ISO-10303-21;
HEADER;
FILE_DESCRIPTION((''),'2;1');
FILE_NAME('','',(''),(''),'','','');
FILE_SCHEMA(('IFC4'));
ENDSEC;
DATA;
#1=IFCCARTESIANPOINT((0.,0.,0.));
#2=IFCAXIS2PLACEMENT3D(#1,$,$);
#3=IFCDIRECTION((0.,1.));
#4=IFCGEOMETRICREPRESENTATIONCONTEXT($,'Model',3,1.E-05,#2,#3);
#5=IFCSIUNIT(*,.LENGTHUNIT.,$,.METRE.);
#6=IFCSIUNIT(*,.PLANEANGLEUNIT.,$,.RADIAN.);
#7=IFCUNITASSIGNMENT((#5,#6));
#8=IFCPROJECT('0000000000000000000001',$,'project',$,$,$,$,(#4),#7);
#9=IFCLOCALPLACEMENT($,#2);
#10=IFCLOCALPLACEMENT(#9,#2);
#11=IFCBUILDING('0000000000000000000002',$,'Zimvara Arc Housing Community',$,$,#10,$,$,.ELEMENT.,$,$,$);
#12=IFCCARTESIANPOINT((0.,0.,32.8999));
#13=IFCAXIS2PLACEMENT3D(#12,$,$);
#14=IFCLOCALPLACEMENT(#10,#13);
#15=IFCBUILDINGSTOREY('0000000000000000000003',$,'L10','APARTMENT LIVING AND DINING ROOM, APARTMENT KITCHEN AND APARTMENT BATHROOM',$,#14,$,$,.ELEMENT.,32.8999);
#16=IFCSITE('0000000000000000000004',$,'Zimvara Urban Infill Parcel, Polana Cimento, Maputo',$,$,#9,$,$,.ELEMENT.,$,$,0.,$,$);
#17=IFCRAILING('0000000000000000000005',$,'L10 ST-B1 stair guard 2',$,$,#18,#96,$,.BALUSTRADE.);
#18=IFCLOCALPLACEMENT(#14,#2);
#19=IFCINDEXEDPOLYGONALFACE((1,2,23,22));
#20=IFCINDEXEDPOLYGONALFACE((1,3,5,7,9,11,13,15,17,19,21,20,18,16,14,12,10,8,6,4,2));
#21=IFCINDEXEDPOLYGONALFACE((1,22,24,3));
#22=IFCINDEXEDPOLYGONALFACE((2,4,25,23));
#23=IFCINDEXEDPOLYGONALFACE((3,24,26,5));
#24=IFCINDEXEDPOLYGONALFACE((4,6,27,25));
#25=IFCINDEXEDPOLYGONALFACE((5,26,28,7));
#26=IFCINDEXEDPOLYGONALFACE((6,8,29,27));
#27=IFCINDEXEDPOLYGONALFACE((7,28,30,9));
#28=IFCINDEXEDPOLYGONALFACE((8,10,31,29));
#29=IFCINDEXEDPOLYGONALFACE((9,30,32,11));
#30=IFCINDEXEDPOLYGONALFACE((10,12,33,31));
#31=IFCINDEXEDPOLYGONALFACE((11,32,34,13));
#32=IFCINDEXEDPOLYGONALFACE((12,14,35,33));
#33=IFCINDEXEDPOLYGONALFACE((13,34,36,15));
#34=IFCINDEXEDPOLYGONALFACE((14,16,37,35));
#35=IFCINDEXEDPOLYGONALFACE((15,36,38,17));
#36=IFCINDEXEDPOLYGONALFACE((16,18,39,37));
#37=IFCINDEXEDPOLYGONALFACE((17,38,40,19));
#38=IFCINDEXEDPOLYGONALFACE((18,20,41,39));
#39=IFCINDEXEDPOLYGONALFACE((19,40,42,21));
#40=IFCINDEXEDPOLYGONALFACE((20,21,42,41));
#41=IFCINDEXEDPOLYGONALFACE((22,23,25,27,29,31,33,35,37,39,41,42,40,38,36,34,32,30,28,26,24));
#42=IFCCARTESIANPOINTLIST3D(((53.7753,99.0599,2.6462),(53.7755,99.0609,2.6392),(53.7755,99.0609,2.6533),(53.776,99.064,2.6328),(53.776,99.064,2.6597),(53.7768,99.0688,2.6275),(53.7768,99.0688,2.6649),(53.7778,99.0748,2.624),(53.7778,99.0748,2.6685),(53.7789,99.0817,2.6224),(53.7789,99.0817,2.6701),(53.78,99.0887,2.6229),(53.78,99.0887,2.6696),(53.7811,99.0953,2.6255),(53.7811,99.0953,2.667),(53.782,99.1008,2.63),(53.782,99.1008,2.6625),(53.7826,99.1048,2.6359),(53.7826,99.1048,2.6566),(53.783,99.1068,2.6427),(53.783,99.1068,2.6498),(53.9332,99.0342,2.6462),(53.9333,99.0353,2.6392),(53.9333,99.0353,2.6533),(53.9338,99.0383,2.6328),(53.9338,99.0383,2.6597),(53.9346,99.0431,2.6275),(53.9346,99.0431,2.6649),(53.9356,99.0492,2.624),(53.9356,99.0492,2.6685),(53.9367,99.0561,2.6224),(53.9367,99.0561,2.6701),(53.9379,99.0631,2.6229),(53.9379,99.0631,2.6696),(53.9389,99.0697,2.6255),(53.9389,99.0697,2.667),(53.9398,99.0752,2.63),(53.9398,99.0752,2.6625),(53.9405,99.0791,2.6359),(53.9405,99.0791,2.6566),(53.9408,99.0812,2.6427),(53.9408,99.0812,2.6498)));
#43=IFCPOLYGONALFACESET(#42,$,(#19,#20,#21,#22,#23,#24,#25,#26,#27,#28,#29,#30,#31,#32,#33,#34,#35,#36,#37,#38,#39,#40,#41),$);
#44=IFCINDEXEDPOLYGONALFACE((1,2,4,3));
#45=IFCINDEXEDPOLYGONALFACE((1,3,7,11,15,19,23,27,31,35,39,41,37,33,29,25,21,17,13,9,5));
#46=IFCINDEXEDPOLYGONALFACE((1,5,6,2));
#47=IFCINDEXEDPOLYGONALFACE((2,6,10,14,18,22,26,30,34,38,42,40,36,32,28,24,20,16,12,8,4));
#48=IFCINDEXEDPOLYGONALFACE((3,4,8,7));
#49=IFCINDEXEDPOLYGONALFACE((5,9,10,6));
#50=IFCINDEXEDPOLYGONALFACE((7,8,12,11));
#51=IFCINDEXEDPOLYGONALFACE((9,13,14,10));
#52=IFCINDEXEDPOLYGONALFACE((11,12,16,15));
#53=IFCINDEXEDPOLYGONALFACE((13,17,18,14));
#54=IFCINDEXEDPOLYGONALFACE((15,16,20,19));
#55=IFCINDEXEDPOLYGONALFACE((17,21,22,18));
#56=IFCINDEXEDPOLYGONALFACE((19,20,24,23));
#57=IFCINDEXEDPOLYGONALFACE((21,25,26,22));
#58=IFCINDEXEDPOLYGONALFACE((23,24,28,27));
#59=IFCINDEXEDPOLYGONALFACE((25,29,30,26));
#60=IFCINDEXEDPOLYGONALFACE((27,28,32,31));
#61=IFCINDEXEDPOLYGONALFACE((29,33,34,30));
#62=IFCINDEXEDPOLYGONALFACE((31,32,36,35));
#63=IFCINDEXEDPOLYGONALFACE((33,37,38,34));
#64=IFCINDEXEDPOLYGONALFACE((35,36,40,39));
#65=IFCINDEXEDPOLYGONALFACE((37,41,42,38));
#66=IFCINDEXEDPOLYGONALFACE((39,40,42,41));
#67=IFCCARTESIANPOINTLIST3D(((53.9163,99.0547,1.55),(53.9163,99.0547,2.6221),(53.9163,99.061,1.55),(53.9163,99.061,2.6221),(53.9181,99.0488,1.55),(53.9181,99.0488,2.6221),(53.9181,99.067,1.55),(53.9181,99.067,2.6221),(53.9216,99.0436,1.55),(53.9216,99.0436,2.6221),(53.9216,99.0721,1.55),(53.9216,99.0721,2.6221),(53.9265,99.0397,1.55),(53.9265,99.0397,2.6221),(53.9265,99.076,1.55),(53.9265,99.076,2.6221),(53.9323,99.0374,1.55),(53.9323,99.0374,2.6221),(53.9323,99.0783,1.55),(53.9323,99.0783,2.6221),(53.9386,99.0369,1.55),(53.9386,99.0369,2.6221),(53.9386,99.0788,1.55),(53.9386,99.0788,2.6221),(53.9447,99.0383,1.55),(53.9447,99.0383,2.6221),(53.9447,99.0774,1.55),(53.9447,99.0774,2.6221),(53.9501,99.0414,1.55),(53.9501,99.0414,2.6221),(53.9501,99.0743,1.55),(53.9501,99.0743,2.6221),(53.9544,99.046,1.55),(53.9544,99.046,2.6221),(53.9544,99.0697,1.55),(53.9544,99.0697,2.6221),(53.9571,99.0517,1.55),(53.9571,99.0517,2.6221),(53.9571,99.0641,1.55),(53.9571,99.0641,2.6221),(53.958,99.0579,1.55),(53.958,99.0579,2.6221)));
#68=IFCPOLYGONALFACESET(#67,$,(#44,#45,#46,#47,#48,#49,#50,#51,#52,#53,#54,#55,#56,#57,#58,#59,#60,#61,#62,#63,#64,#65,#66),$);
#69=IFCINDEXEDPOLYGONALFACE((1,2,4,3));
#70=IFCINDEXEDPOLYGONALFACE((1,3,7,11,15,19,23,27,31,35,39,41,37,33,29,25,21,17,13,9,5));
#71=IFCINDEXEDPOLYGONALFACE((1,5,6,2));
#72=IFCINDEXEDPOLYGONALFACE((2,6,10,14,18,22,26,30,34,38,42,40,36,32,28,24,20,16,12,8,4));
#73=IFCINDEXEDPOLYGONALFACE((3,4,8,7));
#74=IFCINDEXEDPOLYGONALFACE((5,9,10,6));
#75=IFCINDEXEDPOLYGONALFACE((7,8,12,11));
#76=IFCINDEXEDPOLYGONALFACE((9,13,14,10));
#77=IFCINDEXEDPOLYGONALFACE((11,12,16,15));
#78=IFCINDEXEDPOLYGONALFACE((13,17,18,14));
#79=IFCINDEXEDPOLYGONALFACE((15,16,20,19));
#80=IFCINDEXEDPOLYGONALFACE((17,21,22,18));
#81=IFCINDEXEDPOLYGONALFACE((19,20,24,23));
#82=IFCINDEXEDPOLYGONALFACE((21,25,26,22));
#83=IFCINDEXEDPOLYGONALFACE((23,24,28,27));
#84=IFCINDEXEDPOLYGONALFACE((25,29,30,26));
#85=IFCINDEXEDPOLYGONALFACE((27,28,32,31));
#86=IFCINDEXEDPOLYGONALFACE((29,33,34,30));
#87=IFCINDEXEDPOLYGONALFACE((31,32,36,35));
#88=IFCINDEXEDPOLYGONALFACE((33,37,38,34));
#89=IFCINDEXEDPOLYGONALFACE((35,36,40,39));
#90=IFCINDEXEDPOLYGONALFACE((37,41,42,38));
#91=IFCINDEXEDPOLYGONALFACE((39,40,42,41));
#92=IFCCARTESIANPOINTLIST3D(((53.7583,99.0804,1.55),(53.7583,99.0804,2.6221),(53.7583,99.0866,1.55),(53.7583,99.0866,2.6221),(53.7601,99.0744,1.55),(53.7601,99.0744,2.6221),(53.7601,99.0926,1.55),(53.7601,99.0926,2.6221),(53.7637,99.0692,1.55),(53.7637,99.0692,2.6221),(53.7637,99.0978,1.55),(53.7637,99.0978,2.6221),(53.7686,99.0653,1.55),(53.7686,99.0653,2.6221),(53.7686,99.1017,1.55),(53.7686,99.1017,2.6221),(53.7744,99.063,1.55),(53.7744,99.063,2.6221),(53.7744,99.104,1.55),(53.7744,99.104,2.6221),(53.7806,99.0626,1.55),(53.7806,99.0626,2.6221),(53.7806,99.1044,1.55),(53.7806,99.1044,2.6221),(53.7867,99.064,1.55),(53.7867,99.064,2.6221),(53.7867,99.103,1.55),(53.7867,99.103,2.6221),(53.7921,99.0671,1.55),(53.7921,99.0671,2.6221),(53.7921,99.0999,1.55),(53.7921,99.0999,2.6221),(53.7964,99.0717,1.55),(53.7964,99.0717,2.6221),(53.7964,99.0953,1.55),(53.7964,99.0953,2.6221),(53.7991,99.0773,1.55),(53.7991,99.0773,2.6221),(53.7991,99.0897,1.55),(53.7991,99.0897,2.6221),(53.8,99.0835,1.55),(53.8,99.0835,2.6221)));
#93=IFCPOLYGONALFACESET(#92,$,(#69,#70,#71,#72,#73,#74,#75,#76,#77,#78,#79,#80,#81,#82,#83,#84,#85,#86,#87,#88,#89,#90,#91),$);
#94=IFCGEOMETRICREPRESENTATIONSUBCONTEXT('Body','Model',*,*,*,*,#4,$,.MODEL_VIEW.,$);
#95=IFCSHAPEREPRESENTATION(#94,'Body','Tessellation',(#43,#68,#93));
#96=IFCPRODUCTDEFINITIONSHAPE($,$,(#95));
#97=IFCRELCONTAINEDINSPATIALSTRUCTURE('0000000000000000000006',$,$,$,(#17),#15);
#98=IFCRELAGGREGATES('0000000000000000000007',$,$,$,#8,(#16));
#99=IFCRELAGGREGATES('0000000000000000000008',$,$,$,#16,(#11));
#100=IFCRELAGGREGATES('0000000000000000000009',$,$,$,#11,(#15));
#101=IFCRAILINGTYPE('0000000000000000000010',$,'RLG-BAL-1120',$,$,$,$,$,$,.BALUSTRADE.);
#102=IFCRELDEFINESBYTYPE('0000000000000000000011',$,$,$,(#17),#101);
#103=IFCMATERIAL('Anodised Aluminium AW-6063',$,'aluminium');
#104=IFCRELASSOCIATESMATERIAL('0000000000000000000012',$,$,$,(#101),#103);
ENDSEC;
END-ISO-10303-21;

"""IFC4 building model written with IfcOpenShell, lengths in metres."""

from ifc_helpers import new_model, si_unit, direction, frame, origin, origin_2d, place, context, subcontext, project, spatial, circle, extrude, material, type_object, element, save


model = new_model("IFC4")

# Units and contexts
model_context = context("Model", 3, precision=1e-05, world=origin(), true_north=direction((0.0, 1.0)))
body_context = subcontext(model_context, "Body", "Model", "MODEL_VIEW")
ifc_project = project(units=[si_unit("LENGTHUNIT", "METRE"), si_unit("PLANEANGLEUNIT", "RADIAN")], contexts=[model_context])

# Site, building, storey
site_placement = place(None, origin())
site = spatial("IfcSite", under=ifc_project, at=site_placement, Name="Zimvara Urban Infill Parcel, Polana Cimento, Maputo", CompositionType="ELEMENT", RefElevation=0.0)
building_placement = place(site_placement, origin())
building = spatial("IfcBuilding", under=site, at=building_placement, Name="Zimvara Arc Housing Community", CompositionType="ELEMENT")
storey_placement = place(building_placement, frame((0.0, 0.0, 32.8999)))
storey = spatial("IfcBuildingStorey", under=building, at=storey_placement, Name="L10", Description="APARTMENT LIVING AND DINING ROOM, APARTMENT KITCHEN AND APARTMENT BATHROOM", CompositionType="ELEMENT", Elevation=32.8999)

# Railing
ifc_material_1 = material(Name="Anodised Aluminium AW-6063", Category="aluminium")
railing_type_1 = type_object("IfcRailingType", Name="RLG-BAL-1120", PredefinedType="BALUSTRADE", material=ifc_material_1)
railing_1_placement = place(storey_placement, frame((53.937, 99.0579, 1.55)))
element("IfcRailing", 1, at=railing_1_placement, inside=storey, type_object=railing_type_1, Name="L10 ST-B1 stair guard 2", PredefinedType="BALUSTRADE", context=body_context, shape_type="SweptSolid", body=[
    extrude(circle(Radius=0.0239, at=origin_2d()), frame((0.0, 0.0, 1.0962), z_axis=(-0.987086, 0.160192, 0.0), x_axis=(-0.160192, -0.987086, 0.0)), (0.0, 0.0, 1.0), 0.1599),
    extrude(circle(Radius=0.021, at=origin_2d()), origin(), (0.0, 0.0, 1.0), 1.072),
    extrude(circle(Radius=0.021, at=origin_2d()), frame((-0.158, 0.0256, 0.0)), (0.0, 0.0, 1.0), 1.072),
])

save(model, "model.ifc")
